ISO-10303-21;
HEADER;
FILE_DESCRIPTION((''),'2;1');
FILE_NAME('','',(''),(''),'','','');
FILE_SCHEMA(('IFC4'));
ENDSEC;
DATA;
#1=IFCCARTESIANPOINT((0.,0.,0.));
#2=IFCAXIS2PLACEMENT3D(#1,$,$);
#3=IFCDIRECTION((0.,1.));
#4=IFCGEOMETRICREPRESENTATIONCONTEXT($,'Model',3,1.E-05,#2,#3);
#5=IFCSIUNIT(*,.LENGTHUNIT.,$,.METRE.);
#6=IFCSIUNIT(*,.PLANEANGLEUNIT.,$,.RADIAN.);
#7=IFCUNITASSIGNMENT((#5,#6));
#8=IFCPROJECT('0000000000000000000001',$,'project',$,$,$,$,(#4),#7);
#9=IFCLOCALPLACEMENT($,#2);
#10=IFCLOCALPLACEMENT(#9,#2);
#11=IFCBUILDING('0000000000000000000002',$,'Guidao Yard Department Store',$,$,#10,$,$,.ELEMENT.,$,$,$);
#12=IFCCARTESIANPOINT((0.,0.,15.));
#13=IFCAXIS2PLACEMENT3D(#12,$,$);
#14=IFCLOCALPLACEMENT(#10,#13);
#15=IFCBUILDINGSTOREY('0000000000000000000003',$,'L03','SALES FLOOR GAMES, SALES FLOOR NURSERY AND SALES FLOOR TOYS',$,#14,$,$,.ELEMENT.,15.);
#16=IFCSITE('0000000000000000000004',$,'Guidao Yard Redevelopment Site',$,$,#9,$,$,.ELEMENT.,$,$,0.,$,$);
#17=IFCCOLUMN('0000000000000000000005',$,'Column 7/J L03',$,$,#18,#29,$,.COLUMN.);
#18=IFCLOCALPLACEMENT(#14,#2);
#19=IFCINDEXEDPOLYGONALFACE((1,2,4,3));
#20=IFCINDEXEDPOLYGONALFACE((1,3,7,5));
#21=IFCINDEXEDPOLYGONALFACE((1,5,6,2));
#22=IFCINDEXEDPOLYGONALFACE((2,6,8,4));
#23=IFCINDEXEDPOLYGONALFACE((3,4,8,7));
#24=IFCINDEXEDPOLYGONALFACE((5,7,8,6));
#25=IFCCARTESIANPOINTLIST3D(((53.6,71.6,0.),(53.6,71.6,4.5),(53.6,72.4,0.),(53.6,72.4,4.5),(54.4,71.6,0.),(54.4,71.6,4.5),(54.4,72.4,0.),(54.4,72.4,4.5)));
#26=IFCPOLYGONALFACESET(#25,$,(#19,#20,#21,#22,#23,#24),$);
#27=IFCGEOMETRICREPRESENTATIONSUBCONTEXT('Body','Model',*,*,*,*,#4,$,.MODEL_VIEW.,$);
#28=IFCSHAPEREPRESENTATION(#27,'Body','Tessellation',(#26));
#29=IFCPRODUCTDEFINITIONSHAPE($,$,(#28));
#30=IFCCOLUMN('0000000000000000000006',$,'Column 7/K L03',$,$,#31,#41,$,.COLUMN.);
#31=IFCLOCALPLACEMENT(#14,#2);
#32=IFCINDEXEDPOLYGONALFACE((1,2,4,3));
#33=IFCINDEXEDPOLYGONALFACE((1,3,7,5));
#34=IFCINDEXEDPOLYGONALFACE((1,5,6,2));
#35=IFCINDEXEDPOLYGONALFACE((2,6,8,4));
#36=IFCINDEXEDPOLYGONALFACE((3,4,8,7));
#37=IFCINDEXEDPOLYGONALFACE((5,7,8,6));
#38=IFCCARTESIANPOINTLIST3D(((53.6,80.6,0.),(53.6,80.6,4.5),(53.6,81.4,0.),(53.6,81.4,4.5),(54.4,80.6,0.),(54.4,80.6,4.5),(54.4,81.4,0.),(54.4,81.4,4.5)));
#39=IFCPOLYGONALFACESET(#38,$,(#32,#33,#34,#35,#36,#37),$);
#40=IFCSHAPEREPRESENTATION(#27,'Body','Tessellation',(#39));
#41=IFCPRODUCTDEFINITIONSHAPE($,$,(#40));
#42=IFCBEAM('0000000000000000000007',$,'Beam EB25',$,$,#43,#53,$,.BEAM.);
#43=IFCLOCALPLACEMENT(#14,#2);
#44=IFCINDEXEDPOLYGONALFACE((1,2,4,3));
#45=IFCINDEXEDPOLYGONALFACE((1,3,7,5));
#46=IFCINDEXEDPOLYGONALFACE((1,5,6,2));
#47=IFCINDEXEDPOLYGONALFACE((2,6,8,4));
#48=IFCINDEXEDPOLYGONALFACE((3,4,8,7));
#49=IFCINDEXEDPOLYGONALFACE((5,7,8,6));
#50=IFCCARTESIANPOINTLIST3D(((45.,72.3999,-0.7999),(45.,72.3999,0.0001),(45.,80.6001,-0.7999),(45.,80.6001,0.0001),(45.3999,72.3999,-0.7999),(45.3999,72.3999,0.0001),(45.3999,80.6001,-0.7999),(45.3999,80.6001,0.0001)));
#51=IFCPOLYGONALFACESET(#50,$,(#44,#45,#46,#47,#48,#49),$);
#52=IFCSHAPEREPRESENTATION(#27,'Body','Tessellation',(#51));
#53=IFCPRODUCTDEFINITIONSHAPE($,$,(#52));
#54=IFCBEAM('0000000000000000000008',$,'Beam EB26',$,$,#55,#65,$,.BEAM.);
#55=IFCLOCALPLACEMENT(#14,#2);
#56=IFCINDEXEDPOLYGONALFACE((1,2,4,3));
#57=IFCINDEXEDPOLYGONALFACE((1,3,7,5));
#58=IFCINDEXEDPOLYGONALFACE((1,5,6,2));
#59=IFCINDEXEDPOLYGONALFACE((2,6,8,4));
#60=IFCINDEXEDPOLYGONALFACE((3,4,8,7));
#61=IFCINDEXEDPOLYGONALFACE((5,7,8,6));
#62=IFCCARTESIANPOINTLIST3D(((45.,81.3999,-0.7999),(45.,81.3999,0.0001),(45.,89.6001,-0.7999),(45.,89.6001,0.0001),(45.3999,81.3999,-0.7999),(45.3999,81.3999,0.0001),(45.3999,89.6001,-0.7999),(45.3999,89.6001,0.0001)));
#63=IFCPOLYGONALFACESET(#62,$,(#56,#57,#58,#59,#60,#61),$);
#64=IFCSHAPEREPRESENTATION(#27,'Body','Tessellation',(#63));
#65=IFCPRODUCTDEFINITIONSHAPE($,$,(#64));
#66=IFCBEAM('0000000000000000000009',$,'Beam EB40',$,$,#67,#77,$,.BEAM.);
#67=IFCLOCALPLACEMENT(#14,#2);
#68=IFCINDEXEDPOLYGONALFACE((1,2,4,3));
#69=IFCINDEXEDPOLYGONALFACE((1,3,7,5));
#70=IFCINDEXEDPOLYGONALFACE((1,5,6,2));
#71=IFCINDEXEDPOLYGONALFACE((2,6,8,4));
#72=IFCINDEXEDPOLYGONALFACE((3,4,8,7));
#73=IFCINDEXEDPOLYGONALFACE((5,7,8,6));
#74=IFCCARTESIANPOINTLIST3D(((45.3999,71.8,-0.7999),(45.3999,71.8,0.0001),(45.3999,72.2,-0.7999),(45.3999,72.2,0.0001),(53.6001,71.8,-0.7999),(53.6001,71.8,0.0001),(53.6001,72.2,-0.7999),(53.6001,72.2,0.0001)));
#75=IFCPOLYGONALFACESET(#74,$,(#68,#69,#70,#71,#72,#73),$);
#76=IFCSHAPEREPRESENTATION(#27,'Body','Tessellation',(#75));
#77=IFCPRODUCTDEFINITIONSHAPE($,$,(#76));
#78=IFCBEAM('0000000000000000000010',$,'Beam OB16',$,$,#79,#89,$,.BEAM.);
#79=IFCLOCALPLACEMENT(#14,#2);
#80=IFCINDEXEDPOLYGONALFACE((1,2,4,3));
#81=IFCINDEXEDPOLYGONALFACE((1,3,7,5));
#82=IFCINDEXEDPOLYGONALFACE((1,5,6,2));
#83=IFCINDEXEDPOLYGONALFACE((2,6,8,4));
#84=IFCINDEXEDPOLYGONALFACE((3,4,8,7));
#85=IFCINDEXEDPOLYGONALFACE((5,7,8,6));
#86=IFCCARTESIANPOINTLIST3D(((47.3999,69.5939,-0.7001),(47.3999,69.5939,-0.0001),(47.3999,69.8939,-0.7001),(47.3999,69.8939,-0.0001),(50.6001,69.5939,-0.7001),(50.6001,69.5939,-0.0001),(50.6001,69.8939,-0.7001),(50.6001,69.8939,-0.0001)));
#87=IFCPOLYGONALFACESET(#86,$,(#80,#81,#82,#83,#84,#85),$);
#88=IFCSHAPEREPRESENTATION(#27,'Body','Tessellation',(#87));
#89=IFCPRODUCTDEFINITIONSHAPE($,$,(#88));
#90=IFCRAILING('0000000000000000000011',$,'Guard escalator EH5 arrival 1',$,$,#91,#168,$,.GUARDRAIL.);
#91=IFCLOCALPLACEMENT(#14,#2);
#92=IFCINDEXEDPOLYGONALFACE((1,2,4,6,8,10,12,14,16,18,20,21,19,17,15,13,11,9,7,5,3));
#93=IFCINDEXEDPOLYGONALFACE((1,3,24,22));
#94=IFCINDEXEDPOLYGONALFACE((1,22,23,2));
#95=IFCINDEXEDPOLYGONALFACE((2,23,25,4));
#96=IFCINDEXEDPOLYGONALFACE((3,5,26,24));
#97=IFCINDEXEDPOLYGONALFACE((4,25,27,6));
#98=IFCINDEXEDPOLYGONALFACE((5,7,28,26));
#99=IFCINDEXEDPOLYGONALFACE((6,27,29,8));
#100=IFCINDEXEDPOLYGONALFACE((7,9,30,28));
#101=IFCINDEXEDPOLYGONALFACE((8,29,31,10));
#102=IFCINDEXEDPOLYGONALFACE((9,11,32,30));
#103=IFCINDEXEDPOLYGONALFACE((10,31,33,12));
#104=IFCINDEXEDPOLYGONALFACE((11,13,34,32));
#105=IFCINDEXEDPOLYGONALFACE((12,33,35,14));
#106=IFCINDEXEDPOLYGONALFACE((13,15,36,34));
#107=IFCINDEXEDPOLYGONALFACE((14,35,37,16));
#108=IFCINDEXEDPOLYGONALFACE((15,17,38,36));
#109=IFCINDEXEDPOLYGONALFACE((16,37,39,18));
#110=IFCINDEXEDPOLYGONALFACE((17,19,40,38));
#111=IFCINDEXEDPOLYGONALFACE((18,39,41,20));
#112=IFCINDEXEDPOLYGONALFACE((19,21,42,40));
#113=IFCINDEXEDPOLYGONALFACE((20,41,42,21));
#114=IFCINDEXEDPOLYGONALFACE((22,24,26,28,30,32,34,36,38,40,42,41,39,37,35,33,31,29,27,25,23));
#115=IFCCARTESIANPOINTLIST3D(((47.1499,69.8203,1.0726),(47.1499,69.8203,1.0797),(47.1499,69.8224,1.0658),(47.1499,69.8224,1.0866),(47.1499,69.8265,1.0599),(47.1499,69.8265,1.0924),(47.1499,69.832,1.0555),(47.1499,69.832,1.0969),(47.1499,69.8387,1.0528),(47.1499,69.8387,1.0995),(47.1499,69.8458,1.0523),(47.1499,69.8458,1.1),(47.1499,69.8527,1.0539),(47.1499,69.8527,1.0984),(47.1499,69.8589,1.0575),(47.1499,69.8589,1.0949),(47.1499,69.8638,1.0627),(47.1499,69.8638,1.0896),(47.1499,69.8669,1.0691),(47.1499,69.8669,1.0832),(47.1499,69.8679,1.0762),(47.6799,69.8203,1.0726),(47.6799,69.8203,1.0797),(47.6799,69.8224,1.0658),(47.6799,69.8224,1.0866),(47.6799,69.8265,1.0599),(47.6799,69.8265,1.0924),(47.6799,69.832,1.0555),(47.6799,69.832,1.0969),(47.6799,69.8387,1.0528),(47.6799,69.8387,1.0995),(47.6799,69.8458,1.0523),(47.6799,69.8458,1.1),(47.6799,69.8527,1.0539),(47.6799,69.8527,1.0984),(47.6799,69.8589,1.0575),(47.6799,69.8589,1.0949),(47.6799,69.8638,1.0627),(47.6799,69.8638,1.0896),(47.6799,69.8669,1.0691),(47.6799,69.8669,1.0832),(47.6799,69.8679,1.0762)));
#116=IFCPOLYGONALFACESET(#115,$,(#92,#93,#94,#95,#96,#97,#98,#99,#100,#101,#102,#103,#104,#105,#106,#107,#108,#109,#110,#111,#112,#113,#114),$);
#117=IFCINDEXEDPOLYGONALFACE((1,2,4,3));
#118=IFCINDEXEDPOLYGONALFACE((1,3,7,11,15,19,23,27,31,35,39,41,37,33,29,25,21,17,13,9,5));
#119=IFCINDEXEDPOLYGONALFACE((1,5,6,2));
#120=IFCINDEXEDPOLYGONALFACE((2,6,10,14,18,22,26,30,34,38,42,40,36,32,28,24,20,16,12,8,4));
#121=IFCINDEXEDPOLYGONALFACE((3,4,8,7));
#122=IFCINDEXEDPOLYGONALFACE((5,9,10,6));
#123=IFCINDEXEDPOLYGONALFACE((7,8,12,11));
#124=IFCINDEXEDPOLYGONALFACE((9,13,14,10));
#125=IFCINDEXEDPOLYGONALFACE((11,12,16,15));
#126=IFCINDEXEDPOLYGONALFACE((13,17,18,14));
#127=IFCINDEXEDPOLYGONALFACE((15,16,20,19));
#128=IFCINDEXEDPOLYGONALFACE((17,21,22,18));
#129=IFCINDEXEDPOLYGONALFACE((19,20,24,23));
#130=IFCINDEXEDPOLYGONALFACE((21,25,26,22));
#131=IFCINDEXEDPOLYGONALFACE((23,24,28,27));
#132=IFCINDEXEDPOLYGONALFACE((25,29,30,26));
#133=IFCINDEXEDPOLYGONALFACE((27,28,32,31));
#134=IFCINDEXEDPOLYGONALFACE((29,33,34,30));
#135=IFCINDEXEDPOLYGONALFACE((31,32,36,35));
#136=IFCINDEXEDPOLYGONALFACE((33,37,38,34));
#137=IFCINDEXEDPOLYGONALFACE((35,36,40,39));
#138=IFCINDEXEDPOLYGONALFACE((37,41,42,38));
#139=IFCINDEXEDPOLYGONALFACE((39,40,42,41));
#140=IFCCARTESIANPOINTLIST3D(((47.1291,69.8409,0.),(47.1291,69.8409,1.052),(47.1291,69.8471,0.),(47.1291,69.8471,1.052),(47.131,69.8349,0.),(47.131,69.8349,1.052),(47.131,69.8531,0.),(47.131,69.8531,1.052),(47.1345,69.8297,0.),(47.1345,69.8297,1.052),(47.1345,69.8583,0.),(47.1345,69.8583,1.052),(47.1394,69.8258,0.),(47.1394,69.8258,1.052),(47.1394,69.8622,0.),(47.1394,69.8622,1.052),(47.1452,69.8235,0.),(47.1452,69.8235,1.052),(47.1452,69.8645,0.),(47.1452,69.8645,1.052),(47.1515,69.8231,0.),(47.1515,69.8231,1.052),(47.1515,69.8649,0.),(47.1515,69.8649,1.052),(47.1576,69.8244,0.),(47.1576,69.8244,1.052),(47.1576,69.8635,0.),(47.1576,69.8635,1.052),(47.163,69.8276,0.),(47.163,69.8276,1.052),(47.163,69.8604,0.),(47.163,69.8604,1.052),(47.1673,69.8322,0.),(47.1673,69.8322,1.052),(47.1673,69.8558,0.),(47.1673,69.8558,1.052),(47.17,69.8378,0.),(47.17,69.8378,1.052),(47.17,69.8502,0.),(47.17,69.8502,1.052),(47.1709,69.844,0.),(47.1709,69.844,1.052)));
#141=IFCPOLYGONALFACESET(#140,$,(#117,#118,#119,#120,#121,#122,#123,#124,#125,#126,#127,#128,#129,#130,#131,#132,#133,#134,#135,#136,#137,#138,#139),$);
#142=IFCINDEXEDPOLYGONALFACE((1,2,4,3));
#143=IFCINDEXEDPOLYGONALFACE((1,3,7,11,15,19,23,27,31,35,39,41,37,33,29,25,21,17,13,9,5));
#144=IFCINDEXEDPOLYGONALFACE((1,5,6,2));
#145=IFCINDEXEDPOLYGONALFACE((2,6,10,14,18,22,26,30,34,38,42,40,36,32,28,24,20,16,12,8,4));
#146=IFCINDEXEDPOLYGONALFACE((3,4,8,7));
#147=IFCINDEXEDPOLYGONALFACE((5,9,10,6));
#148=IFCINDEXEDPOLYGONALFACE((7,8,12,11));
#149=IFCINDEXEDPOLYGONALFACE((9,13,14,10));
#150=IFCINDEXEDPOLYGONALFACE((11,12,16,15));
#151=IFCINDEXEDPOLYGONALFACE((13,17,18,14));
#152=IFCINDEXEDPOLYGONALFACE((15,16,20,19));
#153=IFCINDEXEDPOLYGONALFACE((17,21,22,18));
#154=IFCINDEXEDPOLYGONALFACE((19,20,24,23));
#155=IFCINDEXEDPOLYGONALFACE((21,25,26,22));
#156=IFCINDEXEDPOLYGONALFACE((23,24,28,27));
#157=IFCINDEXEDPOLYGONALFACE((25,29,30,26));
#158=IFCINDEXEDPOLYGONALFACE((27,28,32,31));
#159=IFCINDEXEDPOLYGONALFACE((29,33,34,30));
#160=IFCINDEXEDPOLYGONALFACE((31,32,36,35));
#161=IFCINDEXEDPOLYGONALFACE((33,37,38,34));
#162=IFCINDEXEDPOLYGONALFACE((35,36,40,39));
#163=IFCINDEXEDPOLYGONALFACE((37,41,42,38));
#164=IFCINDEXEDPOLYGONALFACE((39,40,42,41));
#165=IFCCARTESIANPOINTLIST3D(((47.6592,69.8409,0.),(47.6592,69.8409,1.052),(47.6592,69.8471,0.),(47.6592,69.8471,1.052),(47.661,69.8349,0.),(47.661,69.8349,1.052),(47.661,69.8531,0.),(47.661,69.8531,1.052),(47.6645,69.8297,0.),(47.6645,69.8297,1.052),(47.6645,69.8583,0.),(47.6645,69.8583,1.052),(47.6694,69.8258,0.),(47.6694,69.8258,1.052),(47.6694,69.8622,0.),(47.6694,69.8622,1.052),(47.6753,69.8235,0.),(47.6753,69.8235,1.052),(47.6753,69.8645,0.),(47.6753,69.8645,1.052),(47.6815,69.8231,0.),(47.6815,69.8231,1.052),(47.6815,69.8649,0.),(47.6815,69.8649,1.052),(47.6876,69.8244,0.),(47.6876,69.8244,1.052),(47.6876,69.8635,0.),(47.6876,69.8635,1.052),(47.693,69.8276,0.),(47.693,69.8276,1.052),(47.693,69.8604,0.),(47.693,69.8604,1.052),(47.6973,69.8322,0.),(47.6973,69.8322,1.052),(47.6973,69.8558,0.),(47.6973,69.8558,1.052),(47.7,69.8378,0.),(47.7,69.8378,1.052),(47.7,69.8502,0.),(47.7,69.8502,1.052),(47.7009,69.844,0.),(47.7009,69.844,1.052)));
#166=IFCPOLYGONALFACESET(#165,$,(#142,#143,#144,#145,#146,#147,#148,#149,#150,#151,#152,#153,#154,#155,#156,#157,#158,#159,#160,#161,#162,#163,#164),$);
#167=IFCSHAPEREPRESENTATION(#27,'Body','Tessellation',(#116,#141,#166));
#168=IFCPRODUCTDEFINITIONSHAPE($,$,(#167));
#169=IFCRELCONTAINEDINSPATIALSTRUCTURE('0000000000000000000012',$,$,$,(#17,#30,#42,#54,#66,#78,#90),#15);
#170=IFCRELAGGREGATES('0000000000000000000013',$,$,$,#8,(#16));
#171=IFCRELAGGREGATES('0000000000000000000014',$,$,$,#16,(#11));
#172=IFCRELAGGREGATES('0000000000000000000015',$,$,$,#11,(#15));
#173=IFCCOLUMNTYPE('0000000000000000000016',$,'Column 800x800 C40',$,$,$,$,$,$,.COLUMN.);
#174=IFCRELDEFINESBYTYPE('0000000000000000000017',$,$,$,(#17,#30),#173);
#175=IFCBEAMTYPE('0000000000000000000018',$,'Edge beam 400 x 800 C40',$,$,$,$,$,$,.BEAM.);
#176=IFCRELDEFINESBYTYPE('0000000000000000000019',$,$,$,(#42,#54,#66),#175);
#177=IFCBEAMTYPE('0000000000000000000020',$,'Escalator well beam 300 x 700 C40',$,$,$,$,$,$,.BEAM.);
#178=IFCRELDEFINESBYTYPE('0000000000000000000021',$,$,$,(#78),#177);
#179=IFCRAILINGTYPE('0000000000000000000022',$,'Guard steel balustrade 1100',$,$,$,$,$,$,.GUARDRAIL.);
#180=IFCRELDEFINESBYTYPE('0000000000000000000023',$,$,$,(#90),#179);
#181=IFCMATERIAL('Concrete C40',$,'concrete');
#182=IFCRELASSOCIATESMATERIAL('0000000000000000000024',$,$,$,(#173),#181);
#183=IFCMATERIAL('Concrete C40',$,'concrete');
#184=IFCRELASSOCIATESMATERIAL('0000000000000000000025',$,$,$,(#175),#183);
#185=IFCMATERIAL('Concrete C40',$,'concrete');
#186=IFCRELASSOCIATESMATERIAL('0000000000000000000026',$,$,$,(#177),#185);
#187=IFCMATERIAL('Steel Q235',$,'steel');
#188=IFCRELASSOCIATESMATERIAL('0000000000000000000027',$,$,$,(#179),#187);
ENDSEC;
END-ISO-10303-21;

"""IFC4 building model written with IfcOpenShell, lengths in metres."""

from ifc_helpers import new_model, si_unit, direction, frame, origin, origin_2d, place, context, subcontext, project, spatial, rectangle, circle, extrude, material, material_profile, profile_set, type_object, element, save


model = new_model("IFC4")

# Units and contexts
model_context = context("Model", 3, precision=1e-05, world=origin(), true_north=direction((0.0, 1.0)))
body_context = subcontext(model_context, "Body", "Model", "MODEL_VIEW")
ifc_project = project(units=[si_unit("LENGTHUNIT", "METRE"), si_unit("PLANEANGLEUNIT", "RADIAN")], contexts=[model_context])

# Site, building, storey
site_placement = place(None, origin())
site = spatial("IfcSite", under=ifc_project, at=site_placement, Name="Guidao Yard Redevelopment Site", CompositionType="ELEMENT", RefElevation=0.0)
building_placement = place(site_placement, origin())
building = spatial("IfcBuilding", under=site, at=building_placement, Name="Guidao Yard Department Store", CompositionType="ELEMENT")
storey_placement = place(building_placement, frame((0.0, 0.0, 15.0)))
storey = spatial("IfcBuildingStorey", under=building, at=storey_placement, Name="L03", Description="SALES FLOOR GAMES, SALES FLOOR NURSERY AND SALES FLOOR TOYS", CompositionType="ELEMENT", Elevation=15.0)

# Columns
ifc_material_1 = material(Name="Concrete C40", Category="concrete")
ifc_material_profile_1 = material_profile(ifc_material_1, rectangle(XDim=0.8, YDim=0.8, at=origin_2d()), Name="COL 800x800")
ifc_profile_set_1 = profile_set([ifc_material_profile_1], Name="Concrete C40")
column_type = type_object("IfcColumnType", Name="Column 800x800 C40", PredefinedType="COLUMN", material=ifc_profile_set_1)
for number, where, z_axis, x_axis, name in (
    (1, (54.0, 72.0, 0.0), (0.0, 0.0, 1.0), (1.0, 0.0, 0.0), "Column 7/J L03"),
    (2, (54.0, 81.0, 0.0), (0.0, 0.0, 1.0), (1.0, 0.0, 0.0), "Column 7/K L03"),
):
    element("IfcColumn", number, at=place(storey_placement, frame(where, z_axis=z_axis, x_axis=x_axis)), inside=storey, type_object=column_type, Name=name, PredefinedType="COLUMN", context=body_context, shape_type="SweptSolid", body=[
        extrude(rectangle(XDim=0.8, YDim=0.8, at=origin_2d()), origin(), (0.0, 0.0, 1.0), 4.5),
    ])

# Beams
ifc_material_2 = material(Name="Concrete C40", Category="concrete")
ifc_material_profile_2 = material_profile(ifc_material_2, rectangle(XDim=0.3999, YDim=0.8, at=origin_2d()), Name="Edge beam 400 x 800 C40")
ifc_profile_set_2 = profile_set([ifc_material_profile_2], Name="Concrete C40")
beam_type_1 = type_object("IfcBeamType", Name="Edge beam 400 x 800 C40", PredefinedType="BEAM", material=ifc_profile_set_2)
for number, where, z_axis, x_axis, name in (
    (3, (45.2, 72.3999, -0.3999), (0.0, 1.0, 0.0), (-1.0, 0.0, 0.0), "Beam EB25"),
    (4, (45.2, 81.3999, -0.3999), (0.0, 1.0, 0.0), (-1.0, 0.0, 0.0), "Beam EB26"),
    (5, (45.3999, 72.0, -0.3999), (1.0, 0.0, 0.0), (0.0, 1.0, 0.0), "Beam EB40"),
):
    element("IfcBeam", number, at=place(storey_placement, frame(where, z_axis=z_axis, x_axis=x_axis)), inside=storey, type_object=beam_type_1, Name=name, PredefinedType="BEAM", context=body_context, shape_type="SweptSolid", body=[
        extrude(rectangle(XDim=0.3999, YDim=0.8, at=origin_2d()), origin(), (0.0, 0.0, 1.0), 8.2002),
    ])
ifc_material_3 = material(Name="Concrete C40", Category="concrete")
ifc_material_profile_3 = material_profile(ifc_material_3, rectangle(XDim=0.3, YDim=0.7, at=origin_2d()), Name="Escalator well beam 300 x 700 C40")
ifc_profile_set_3 = profile_set([ifc_material_profile_3], Name="Concrete C40")
beam_type_2 = type_object("IfcBeamType", Name="Escalator well beam 300 x 700 C40", PredefinedType="BEAM", material=ifc_profile_set_3)
beam_placement = place(storey_placement, frame((47.3999, 69.7439, -0.3501), z_axis=(1.0, 0.0, 0.0), x_axis=(0.0, 1.0, 0.0)))
element("IfcBeam", 6, at=beam_placement, inside=storey, type_object=beam_type_2, Name="Beam OB16", PredefinedType="BEAM", context=body_context, shape_type="SweptSolid", body=[
    extrude(rectangle(XDim=0.3, YDim=0.7, at=origin_2d()), origin(), (0.0, 0.0, 1.0), 3.2002),
])

# Railing
ifc_material_4 = material(Name="Steel Q235", Category="steel")
railing_type_1 = type_object("IfcRailingType", Name="Guard steel balustrade 1100", PredefinedType="GUARDRAIL", material=ifc_material_4)
railing_1_placement = place(storey_placement, frame((47.1499, 69.844, 0.0)))
element("IfcRailing", 7, at=railing_1_placement, inside=storey, type_object=railing_type_1, Name="Guard escalator EH5 arrival 1", PredefinedType="GUARDRAIL", context=body_context, shape_type="SweptSolid", body=[
    extrude(circle(Radius=0.0239, at=origin_2d()), frame((0.0, 0.0, 1.0762), z_axis=(1.0, 0.0, 0.0), x_axis=(0.0, 1.0, 0.0)), (0.0, 0.0, 1.0), 0.53),
    extrude(circle(Radius=0.021, at=origin_2d()), origin(), (0.0, 0.0, 1.0), 1.052),
    extrude(circle(Radius=0.021, at=origin_2d()), frame((0.53, 0.0, 0.0)), (0.0, 0.0, 1.0), 1.052),
])

save(model, "model.ifc")
